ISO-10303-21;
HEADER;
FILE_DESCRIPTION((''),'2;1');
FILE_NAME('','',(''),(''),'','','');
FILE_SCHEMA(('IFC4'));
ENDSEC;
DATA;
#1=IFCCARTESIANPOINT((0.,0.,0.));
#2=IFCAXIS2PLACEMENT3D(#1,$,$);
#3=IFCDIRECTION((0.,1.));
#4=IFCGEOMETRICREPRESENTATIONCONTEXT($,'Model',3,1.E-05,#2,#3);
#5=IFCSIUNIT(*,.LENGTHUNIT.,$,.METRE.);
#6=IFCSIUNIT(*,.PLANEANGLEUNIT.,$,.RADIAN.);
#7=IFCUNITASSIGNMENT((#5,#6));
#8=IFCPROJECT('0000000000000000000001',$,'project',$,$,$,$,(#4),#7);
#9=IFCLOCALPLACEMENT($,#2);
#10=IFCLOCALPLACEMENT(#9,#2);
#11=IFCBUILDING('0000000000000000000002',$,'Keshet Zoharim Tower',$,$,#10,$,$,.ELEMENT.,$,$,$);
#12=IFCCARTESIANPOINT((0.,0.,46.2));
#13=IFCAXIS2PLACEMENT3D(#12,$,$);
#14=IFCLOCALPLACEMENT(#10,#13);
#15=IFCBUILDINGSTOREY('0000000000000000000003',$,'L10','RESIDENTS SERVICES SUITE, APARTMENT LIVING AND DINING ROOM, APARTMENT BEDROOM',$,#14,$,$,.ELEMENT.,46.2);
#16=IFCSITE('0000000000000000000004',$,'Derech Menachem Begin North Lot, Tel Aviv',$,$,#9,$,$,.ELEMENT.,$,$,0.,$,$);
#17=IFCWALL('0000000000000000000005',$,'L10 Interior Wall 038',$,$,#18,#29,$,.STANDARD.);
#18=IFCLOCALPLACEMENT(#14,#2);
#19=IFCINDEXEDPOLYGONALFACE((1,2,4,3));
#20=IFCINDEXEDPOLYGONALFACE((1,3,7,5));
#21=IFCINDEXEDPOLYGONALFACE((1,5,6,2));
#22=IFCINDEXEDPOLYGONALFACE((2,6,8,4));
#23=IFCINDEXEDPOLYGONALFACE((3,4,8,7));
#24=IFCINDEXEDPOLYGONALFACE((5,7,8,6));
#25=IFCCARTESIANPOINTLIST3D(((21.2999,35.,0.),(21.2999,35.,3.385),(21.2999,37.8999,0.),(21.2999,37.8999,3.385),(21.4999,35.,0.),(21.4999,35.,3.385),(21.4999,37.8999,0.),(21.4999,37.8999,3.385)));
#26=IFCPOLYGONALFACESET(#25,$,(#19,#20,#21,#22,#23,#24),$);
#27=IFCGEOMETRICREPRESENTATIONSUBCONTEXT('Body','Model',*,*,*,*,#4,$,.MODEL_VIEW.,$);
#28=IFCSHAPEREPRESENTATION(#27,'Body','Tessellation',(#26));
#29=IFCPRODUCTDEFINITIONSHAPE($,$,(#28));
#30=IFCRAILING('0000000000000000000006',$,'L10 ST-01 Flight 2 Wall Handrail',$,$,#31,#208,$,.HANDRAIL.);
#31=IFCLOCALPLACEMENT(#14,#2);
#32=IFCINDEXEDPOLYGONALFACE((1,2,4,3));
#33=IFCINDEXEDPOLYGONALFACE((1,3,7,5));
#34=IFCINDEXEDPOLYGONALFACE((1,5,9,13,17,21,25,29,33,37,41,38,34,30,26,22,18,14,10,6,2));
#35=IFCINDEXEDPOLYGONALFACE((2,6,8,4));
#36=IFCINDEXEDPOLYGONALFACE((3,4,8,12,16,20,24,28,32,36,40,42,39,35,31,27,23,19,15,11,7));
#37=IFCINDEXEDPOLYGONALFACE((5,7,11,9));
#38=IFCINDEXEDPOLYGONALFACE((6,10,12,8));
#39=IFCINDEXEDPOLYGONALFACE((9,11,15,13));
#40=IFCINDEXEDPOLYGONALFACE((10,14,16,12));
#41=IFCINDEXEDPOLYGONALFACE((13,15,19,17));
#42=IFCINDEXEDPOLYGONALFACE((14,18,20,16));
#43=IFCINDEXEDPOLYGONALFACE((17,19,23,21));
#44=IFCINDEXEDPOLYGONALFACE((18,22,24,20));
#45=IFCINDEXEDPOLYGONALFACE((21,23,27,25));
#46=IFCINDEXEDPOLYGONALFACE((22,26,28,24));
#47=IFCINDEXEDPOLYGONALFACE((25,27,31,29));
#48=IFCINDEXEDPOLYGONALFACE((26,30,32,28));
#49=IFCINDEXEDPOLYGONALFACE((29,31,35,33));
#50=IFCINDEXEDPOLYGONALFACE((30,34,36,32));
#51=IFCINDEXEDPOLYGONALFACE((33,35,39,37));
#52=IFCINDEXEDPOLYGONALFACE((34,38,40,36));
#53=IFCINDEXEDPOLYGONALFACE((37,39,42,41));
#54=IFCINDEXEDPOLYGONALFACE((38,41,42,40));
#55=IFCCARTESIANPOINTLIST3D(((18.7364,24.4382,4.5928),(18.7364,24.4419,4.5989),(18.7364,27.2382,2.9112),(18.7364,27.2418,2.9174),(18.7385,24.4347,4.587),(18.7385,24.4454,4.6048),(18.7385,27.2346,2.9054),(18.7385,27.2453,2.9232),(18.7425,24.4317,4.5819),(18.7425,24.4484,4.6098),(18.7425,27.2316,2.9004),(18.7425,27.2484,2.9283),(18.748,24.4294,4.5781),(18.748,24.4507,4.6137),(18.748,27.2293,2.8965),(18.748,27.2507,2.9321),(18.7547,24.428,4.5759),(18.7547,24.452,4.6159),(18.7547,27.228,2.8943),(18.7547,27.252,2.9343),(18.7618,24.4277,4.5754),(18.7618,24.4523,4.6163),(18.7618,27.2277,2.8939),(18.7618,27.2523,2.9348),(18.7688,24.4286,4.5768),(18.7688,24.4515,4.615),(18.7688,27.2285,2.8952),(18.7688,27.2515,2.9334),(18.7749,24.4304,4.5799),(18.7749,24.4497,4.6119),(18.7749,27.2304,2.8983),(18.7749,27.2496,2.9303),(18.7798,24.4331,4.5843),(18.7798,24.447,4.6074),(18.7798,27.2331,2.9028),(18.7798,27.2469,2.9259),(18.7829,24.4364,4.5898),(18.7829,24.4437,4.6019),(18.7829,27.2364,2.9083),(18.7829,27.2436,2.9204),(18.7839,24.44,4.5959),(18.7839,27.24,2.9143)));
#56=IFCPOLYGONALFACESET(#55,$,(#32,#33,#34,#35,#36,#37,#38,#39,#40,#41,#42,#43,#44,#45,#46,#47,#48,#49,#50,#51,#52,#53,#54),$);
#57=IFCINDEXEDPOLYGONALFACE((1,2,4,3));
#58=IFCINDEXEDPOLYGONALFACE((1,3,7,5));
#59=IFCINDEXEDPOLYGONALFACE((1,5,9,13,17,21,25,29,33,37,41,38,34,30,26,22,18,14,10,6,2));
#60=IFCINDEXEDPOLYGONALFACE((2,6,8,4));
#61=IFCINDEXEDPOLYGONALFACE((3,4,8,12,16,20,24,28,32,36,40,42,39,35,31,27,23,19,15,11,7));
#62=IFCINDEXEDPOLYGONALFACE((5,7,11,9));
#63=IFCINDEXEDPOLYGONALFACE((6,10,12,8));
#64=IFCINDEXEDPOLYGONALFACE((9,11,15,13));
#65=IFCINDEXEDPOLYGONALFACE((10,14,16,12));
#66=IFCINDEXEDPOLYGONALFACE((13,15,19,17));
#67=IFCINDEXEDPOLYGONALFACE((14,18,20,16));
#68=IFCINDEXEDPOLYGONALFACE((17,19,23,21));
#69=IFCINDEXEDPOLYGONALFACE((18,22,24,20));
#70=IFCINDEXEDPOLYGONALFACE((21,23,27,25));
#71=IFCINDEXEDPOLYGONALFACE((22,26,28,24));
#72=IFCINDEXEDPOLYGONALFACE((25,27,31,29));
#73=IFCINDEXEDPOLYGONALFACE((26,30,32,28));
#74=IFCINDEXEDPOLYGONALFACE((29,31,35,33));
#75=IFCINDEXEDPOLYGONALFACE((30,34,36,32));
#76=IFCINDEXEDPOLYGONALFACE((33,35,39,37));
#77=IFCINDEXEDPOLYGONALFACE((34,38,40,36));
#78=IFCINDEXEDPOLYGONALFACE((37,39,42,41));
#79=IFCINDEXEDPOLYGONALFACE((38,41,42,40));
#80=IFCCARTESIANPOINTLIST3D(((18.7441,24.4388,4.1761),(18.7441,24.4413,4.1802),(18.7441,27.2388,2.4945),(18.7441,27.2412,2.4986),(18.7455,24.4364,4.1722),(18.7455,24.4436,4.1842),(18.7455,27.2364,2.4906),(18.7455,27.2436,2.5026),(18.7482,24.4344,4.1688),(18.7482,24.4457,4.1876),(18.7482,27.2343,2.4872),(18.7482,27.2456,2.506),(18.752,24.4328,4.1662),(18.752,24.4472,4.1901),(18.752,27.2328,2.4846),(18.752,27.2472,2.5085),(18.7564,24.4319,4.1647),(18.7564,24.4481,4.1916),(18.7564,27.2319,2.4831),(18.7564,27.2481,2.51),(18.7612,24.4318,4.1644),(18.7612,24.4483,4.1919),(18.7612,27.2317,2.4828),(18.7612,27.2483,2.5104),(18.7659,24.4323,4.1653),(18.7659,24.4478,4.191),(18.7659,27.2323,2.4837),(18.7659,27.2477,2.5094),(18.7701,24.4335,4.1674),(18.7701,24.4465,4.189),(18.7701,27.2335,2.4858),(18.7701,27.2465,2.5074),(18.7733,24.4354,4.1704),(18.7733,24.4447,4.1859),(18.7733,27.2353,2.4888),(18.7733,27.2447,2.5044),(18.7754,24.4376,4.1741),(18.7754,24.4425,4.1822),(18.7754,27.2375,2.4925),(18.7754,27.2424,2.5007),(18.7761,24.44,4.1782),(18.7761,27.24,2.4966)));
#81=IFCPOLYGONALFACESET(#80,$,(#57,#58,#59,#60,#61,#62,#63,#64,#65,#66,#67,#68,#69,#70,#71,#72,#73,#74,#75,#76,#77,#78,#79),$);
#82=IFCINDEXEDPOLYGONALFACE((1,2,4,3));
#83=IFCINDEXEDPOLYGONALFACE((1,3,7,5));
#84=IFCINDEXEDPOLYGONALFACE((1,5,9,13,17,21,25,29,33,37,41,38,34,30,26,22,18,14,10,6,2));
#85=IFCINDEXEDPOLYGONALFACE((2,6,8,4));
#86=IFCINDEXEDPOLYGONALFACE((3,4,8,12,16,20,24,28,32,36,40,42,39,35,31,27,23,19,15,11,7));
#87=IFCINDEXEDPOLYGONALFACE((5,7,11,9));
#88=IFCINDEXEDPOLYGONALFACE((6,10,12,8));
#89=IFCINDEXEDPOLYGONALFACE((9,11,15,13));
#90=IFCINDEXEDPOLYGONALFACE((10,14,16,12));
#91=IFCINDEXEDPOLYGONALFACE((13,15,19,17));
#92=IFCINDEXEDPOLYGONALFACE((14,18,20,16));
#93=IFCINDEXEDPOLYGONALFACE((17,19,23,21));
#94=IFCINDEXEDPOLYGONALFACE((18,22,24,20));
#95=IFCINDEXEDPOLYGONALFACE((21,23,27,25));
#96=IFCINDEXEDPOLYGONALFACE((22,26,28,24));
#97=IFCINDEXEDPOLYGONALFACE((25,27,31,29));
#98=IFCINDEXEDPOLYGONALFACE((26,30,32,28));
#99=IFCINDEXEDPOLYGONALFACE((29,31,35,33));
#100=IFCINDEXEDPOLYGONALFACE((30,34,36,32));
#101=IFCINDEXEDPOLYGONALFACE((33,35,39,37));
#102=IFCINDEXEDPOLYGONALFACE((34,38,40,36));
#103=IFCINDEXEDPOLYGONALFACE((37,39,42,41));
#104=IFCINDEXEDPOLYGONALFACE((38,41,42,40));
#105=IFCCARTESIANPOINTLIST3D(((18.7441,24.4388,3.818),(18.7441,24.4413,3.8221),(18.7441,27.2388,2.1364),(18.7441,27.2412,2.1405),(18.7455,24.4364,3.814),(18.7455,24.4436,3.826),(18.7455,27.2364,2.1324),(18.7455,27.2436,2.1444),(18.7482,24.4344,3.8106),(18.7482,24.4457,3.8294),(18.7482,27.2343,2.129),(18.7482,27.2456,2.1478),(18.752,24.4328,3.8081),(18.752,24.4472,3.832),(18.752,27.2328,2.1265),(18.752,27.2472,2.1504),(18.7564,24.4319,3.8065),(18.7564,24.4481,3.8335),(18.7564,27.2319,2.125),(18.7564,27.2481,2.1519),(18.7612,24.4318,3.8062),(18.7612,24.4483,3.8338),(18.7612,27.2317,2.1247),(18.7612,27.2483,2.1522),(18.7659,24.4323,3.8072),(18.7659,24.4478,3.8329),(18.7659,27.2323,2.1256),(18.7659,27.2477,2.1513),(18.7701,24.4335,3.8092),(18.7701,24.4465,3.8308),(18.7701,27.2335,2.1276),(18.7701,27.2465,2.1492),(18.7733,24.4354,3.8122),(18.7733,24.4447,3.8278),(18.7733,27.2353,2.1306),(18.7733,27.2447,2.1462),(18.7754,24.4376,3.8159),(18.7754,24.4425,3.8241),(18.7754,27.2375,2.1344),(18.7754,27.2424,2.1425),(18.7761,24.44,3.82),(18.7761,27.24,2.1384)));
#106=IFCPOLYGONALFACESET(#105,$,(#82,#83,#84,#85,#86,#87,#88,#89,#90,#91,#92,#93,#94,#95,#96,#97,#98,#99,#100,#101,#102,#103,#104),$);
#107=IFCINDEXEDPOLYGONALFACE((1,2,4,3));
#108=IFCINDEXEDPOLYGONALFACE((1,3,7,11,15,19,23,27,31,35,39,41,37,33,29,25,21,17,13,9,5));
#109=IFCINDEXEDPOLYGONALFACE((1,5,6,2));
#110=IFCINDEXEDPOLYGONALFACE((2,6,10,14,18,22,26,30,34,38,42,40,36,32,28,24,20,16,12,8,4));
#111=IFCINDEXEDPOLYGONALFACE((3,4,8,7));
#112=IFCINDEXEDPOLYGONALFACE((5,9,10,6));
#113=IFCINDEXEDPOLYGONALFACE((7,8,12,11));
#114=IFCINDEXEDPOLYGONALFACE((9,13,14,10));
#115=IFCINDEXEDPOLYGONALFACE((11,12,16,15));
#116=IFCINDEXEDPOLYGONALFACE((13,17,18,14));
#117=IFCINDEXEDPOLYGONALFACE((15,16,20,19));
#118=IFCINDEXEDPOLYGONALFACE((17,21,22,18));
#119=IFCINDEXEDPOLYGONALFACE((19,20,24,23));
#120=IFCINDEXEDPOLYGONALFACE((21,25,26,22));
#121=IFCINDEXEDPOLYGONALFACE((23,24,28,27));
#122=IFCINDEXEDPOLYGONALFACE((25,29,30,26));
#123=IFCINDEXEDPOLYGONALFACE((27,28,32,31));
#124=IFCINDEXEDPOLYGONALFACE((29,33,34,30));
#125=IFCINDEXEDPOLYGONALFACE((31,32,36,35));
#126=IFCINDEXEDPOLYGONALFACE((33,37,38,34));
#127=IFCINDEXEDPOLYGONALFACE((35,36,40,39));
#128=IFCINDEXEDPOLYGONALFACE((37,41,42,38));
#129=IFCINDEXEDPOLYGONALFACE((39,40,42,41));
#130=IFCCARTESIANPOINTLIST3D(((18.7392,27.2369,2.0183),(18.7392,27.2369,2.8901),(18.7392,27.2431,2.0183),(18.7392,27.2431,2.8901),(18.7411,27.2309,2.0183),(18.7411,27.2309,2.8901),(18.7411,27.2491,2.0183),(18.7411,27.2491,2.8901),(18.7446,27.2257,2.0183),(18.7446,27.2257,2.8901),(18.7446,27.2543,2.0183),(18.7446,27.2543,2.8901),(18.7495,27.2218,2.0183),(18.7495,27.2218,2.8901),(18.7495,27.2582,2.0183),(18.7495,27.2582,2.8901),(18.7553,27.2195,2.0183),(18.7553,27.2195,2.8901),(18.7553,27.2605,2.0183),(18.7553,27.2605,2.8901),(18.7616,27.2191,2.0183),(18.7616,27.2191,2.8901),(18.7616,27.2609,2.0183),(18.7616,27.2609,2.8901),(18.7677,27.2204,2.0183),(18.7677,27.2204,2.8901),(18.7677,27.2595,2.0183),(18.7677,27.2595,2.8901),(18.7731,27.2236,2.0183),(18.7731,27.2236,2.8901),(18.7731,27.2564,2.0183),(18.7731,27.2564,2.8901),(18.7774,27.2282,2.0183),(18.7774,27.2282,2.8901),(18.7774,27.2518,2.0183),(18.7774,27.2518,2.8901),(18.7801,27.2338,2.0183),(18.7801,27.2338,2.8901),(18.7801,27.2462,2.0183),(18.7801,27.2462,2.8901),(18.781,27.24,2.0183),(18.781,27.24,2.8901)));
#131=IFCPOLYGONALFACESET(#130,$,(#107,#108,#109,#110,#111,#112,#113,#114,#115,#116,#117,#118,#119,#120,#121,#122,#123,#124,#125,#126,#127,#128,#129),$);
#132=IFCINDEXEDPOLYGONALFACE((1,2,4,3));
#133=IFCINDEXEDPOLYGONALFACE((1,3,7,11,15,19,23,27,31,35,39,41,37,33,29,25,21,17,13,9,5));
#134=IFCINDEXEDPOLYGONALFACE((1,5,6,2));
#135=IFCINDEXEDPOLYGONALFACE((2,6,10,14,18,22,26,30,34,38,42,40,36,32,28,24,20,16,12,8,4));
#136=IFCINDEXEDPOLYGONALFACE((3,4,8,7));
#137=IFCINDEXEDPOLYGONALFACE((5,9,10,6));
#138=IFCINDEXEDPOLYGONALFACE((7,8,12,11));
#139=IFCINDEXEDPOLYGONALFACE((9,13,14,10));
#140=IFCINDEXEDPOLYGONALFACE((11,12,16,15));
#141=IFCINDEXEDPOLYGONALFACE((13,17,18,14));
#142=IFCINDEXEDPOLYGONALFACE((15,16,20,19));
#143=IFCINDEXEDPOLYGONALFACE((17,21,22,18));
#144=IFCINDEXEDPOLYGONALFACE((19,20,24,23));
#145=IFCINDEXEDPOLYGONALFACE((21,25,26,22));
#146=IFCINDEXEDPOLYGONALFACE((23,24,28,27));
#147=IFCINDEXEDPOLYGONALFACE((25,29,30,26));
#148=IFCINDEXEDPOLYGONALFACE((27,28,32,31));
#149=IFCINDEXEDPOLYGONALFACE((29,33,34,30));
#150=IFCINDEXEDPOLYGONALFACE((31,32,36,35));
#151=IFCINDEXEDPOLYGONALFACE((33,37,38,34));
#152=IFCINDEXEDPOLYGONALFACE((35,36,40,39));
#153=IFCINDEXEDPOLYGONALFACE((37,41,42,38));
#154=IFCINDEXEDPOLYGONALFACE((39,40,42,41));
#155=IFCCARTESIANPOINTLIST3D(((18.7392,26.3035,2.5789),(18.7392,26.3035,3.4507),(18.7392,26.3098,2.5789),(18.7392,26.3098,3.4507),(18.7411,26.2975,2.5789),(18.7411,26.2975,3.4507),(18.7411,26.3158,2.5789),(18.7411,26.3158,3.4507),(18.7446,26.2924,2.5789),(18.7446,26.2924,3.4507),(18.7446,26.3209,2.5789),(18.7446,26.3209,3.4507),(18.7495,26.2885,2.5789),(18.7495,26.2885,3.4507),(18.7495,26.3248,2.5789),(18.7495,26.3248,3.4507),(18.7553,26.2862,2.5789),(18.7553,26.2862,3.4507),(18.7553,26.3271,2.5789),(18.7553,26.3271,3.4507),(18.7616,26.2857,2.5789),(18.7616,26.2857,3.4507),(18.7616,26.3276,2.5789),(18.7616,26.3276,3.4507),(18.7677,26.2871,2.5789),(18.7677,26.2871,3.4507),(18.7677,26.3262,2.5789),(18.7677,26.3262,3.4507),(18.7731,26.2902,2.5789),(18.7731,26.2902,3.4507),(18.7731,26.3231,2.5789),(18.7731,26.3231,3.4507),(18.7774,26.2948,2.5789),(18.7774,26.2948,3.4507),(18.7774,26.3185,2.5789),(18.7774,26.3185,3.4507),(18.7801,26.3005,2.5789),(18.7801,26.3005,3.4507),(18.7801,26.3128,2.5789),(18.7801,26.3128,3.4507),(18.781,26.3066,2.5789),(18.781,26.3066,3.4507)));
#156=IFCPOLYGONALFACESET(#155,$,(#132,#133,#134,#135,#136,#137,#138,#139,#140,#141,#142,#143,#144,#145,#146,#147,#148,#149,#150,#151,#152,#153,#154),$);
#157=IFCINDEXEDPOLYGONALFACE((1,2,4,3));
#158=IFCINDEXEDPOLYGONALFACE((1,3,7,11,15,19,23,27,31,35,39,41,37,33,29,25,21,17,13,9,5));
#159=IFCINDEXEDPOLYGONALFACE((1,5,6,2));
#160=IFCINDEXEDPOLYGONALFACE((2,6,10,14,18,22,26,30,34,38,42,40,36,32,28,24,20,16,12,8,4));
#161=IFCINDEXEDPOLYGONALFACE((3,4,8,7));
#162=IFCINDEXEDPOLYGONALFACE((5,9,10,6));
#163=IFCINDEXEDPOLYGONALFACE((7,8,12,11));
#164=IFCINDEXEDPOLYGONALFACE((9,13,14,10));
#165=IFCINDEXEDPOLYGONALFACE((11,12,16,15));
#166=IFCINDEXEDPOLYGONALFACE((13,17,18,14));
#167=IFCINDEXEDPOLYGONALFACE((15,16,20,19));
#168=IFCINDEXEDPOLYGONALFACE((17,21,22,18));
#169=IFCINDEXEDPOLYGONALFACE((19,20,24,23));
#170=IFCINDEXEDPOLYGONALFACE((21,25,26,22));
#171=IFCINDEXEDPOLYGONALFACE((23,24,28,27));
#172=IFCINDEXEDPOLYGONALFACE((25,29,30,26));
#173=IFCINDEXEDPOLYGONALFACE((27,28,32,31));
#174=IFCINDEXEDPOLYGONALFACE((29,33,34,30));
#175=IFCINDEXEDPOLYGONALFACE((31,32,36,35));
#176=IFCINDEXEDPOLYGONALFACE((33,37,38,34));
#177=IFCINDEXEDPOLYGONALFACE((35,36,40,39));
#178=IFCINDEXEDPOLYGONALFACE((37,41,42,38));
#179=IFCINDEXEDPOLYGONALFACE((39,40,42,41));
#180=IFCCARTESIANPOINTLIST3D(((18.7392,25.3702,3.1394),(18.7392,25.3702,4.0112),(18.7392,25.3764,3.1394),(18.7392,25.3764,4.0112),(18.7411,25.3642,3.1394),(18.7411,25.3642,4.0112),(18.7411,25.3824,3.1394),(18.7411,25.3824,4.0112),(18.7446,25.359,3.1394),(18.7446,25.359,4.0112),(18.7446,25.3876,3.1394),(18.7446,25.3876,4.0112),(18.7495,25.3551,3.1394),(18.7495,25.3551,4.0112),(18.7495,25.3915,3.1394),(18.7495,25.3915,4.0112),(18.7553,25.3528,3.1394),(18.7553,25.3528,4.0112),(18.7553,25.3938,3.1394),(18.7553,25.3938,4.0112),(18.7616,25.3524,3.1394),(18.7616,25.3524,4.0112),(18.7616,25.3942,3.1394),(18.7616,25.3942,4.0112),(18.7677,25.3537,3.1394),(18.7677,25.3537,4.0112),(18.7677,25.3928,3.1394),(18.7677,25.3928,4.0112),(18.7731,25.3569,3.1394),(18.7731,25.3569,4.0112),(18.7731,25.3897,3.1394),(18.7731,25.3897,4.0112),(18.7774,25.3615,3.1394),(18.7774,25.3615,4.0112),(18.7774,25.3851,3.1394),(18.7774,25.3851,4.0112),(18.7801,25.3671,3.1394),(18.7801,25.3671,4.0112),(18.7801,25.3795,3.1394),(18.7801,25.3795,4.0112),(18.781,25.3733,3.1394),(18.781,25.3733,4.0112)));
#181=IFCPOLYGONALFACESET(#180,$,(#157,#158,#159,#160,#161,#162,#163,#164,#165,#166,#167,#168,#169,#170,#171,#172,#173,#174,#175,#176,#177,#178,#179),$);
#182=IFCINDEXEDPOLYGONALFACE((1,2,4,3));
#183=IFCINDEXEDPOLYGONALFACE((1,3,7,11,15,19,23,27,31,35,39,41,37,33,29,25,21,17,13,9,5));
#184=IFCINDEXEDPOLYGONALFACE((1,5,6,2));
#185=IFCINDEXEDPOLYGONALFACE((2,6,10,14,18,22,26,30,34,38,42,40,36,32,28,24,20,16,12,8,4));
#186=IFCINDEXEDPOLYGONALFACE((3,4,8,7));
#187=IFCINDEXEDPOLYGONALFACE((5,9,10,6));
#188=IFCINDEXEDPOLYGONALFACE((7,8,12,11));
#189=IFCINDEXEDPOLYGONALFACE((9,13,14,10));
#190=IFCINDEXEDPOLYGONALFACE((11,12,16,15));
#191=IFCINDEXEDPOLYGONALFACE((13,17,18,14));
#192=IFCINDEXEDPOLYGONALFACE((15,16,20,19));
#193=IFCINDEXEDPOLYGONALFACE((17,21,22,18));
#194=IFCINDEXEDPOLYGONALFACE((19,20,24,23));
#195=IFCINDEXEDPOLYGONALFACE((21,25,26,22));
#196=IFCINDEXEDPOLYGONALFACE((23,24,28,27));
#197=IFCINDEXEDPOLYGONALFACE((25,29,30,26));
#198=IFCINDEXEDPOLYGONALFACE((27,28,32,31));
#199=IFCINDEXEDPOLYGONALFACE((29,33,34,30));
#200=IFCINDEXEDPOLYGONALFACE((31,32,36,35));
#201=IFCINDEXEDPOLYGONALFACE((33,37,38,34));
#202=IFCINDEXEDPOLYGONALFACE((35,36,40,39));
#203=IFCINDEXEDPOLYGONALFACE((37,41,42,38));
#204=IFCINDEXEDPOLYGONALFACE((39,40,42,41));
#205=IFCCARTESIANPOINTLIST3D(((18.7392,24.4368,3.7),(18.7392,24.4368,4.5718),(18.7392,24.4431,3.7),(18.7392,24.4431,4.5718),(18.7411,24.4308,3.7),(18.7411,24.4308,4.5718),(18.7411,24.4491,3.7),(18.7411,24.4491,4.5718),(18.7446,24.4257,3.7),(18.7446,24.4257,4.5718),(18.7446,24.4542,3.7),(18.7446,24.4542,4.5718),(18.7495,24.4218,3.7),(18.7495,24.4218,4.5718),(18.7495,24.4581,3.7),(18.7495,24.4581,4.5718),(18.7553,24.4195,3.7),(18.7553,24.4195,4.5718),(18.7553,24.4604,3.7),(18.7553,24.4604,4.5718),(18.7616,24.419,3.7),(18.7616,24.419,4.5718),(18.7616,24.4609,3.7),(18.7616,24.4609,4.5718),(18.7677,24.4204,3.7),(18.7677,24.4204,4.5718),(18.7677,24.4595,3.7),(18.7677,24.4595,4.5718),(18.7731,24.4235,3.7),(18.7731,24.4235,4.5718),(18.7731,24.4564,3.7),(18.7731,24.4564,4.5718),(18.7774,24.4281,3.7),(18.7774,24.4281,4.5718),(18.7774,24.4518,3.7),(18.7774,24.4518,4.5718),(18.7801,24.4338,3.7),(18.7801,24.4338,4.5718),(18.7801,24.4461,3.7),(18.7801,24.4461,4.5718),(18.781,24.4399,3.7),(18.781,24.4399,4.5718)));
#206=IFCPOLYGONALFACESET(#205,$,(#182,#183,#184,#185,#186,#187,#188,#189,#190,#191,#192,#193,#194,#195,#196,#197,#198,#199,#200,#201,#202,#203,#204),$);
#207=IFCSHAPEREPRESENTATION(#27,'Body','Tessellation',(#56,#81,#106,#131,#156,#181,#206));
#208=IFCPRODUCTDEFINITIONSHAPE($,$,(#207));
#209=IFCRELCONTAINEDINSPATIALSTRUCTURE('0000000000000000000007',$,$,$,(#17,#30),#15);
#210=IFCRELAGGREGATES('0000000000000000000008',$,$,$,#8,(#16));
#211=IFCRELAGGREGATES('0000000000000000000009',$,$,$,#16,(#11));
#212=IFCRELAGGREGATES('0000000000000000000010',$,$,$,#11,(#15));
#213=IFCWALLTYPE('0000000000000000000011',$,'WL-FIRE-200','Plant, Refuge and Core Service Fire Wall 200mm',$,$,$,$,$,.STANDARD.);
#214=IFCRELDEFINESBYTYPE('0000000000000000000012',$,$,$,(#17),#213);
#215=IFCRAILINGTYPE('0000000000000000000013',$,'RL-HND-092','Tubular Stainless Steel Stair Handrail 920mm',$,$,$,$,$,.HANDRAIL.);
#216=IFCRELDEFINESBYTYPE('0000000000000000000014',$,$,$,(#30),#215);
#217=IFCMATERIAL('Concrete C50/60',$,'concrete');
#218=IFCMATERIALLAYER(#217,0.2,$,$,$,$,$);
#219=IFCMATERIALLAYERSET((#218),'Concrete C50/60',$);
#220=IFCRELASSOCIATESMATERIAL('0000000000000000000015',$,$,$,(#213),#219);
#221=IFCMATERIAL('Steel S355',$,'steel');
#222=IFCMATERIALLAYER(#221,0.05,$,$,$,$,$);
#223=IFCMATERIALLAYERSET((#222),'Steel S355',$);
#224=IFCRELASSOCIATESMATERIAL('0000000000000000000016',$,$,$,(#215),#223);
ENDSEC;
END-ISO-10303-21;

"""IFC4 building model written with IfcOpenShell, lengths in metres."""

from ifc_helpers import new_model, si_unit, direction, frame, frame_2d, origin, origin_2d, place, context, subcontext, project, spatial, rectangle, circle, extrude, material, layer, layer_set, type_object, element, save


model = new_model("IFC4")

# Units and contexts
model_context = context("Model", 3, precision=1e-05, world=origin(), true_north=direction((0.0, 1.0)))
body_context = subcontext(model_context, "Body", "Model", "MODEL_VIEW")
ifc_project = project(units=[si_unit("LENGTHUNIT", "METRE"), si_unit("PLANEANGLEUNIT", "RADIAN")], contexts=[model_context])

# Site, building, storey
site_placement = place(None, origin())
site = spatial("IfcSite", under=ifc_project, at=site_placement, Name="Derech Menachem Begin North Lot, Tel Aviv", CompositionType="ELEMENT", RefElevation=0.0)
building_placement = place(site_placement, origin())
building = spatial("IfcBuilding", under=site, at=building_placement, Name="Keshet Zoharim Tower", CompositionType="ELEMENT")
storey_placement = place(building_placement, frame((0.0, 0.0, 46.2)))
storey = spatial("IfcBuildingStorey", under=building, at=storey_placement, Name="L10", Description="RESIDENTS SERVICES SUITE, APARTMENT LIVING AND DINING ROOM, APARTMENT BEDROOM", CompositionType="ELEMENT", Elevation=46.2)

# Shared definitions
ifc_material_1 = material(Name="Steel S355", Category="steel")

# Wall
ifc_material_2 = material(Name="Concrete C50/60", Category="concrete")
ifc_layer_1 = layer(ifc_material_2, 0.2)
ifc_layer_set_1 = layer_set([ifc_layer_1], Name="Concrete C50/60")
wall_type_1 = type_object("IfcWallType", Name="WL-FIRE-200", Description="Plant, Refuge and Core Service Fire Wall 200mm", PredefinedType="STANDARD", material=ifc_layer_set_1)
wall_1_placement = place(storey_placement, frame((21.3999, 35.0, 0.0), z_axis=(0.0, 0.0, 1.0), x_axis=(0.0, 1.0, 0.0)))
element("IfcWall", 1, at=wall_1_placement, inside=storey, type_object=wall_type_1, Name="L10 Interior Wall 038", PredefinedType="STANDARD", context=body_context, shape_type="SweptSolid", body=[
    extrude(rectangle(XDim=2.8999, YDim=0.2, at=frame_2d((1.45, 0.0))), origin(), (0.0, 0.0, 1.0), 3.385),
])

# Railing
ifc_layer_2 = layer(ifc_material_1, 0.05)
ifc_layer_set_2 = layer_set([ifc_layer_2], Name="Steel S355")
railing_type = type_object("IfcRailingType", Name="RL-HND-092", Description="Tubular Stainless Steel Stair Handrail 920mm", PredefinedType="HANDRAIL", material=ifc_layer_set_2)
railing_1_placement = place(storey_placement, frame((18.76, 27.24, 2.0183)))
element("IfcRailing", 2, at=railing_1_placement, inside=storey, type_object=railing_type, Name="L10 ST-01 Flight 2 Wall Handrail", PredefinedType="HANDRAIL", context=body_context, shape_type="SweptSolid", body=[
    extrude(circle(Radius=0.0239, at=origin_2d()), frame((0.0, 0.0, 0.896), z_axis=(0.0, -0.857275, 0.514858), x_axis=(1.0, 0.0, 0.0)), (0.0, 0.0, 1.0), 3.2661),
    extrude(circle(Radius=0.0161, at=origin_2d()), frame((0.0, 0.0, 0.4783), z_axis=(0.0, -0.857275, 0.514858), x_axis=(1.0, 0.0, 0.0)), (0.0, 0.0, 1.0), 3.2661),
    extrude(circle(Radius=0.0161, at=origin_2d()), frame((0.0, 0.0, 0.1201), z_axis=(0.0, -0.857275, 0.514858), x_axis=(1.0, 0.0, 0.0)), (0.0, 0.0, 1.0), 3.2661),
    extrude(circle(Radius=0.021, at=origin_2d()), origin(), (0.0, 0.0, 1.0), 0.8718),
    extrude(circle(Radius=0.021, at=origin_2d()), frame((0.0, -0.9333, 0.5605)), (0.0, 0.0, 1.0), 0.8718),
    extrude(circle(Radius=0.021, at=origin_2d()), frame((0.0, -1.8667, 1.1211)), (0.0, 0.0, 1.0), 0.8718),
    extrude(circle(Radius=0.021, at=origin_2d()), frame((0.0, -2.8, 1.6816)), (0.0, 0.0, 1.0), 0.8718),
])

save(model, "model.ifc")
